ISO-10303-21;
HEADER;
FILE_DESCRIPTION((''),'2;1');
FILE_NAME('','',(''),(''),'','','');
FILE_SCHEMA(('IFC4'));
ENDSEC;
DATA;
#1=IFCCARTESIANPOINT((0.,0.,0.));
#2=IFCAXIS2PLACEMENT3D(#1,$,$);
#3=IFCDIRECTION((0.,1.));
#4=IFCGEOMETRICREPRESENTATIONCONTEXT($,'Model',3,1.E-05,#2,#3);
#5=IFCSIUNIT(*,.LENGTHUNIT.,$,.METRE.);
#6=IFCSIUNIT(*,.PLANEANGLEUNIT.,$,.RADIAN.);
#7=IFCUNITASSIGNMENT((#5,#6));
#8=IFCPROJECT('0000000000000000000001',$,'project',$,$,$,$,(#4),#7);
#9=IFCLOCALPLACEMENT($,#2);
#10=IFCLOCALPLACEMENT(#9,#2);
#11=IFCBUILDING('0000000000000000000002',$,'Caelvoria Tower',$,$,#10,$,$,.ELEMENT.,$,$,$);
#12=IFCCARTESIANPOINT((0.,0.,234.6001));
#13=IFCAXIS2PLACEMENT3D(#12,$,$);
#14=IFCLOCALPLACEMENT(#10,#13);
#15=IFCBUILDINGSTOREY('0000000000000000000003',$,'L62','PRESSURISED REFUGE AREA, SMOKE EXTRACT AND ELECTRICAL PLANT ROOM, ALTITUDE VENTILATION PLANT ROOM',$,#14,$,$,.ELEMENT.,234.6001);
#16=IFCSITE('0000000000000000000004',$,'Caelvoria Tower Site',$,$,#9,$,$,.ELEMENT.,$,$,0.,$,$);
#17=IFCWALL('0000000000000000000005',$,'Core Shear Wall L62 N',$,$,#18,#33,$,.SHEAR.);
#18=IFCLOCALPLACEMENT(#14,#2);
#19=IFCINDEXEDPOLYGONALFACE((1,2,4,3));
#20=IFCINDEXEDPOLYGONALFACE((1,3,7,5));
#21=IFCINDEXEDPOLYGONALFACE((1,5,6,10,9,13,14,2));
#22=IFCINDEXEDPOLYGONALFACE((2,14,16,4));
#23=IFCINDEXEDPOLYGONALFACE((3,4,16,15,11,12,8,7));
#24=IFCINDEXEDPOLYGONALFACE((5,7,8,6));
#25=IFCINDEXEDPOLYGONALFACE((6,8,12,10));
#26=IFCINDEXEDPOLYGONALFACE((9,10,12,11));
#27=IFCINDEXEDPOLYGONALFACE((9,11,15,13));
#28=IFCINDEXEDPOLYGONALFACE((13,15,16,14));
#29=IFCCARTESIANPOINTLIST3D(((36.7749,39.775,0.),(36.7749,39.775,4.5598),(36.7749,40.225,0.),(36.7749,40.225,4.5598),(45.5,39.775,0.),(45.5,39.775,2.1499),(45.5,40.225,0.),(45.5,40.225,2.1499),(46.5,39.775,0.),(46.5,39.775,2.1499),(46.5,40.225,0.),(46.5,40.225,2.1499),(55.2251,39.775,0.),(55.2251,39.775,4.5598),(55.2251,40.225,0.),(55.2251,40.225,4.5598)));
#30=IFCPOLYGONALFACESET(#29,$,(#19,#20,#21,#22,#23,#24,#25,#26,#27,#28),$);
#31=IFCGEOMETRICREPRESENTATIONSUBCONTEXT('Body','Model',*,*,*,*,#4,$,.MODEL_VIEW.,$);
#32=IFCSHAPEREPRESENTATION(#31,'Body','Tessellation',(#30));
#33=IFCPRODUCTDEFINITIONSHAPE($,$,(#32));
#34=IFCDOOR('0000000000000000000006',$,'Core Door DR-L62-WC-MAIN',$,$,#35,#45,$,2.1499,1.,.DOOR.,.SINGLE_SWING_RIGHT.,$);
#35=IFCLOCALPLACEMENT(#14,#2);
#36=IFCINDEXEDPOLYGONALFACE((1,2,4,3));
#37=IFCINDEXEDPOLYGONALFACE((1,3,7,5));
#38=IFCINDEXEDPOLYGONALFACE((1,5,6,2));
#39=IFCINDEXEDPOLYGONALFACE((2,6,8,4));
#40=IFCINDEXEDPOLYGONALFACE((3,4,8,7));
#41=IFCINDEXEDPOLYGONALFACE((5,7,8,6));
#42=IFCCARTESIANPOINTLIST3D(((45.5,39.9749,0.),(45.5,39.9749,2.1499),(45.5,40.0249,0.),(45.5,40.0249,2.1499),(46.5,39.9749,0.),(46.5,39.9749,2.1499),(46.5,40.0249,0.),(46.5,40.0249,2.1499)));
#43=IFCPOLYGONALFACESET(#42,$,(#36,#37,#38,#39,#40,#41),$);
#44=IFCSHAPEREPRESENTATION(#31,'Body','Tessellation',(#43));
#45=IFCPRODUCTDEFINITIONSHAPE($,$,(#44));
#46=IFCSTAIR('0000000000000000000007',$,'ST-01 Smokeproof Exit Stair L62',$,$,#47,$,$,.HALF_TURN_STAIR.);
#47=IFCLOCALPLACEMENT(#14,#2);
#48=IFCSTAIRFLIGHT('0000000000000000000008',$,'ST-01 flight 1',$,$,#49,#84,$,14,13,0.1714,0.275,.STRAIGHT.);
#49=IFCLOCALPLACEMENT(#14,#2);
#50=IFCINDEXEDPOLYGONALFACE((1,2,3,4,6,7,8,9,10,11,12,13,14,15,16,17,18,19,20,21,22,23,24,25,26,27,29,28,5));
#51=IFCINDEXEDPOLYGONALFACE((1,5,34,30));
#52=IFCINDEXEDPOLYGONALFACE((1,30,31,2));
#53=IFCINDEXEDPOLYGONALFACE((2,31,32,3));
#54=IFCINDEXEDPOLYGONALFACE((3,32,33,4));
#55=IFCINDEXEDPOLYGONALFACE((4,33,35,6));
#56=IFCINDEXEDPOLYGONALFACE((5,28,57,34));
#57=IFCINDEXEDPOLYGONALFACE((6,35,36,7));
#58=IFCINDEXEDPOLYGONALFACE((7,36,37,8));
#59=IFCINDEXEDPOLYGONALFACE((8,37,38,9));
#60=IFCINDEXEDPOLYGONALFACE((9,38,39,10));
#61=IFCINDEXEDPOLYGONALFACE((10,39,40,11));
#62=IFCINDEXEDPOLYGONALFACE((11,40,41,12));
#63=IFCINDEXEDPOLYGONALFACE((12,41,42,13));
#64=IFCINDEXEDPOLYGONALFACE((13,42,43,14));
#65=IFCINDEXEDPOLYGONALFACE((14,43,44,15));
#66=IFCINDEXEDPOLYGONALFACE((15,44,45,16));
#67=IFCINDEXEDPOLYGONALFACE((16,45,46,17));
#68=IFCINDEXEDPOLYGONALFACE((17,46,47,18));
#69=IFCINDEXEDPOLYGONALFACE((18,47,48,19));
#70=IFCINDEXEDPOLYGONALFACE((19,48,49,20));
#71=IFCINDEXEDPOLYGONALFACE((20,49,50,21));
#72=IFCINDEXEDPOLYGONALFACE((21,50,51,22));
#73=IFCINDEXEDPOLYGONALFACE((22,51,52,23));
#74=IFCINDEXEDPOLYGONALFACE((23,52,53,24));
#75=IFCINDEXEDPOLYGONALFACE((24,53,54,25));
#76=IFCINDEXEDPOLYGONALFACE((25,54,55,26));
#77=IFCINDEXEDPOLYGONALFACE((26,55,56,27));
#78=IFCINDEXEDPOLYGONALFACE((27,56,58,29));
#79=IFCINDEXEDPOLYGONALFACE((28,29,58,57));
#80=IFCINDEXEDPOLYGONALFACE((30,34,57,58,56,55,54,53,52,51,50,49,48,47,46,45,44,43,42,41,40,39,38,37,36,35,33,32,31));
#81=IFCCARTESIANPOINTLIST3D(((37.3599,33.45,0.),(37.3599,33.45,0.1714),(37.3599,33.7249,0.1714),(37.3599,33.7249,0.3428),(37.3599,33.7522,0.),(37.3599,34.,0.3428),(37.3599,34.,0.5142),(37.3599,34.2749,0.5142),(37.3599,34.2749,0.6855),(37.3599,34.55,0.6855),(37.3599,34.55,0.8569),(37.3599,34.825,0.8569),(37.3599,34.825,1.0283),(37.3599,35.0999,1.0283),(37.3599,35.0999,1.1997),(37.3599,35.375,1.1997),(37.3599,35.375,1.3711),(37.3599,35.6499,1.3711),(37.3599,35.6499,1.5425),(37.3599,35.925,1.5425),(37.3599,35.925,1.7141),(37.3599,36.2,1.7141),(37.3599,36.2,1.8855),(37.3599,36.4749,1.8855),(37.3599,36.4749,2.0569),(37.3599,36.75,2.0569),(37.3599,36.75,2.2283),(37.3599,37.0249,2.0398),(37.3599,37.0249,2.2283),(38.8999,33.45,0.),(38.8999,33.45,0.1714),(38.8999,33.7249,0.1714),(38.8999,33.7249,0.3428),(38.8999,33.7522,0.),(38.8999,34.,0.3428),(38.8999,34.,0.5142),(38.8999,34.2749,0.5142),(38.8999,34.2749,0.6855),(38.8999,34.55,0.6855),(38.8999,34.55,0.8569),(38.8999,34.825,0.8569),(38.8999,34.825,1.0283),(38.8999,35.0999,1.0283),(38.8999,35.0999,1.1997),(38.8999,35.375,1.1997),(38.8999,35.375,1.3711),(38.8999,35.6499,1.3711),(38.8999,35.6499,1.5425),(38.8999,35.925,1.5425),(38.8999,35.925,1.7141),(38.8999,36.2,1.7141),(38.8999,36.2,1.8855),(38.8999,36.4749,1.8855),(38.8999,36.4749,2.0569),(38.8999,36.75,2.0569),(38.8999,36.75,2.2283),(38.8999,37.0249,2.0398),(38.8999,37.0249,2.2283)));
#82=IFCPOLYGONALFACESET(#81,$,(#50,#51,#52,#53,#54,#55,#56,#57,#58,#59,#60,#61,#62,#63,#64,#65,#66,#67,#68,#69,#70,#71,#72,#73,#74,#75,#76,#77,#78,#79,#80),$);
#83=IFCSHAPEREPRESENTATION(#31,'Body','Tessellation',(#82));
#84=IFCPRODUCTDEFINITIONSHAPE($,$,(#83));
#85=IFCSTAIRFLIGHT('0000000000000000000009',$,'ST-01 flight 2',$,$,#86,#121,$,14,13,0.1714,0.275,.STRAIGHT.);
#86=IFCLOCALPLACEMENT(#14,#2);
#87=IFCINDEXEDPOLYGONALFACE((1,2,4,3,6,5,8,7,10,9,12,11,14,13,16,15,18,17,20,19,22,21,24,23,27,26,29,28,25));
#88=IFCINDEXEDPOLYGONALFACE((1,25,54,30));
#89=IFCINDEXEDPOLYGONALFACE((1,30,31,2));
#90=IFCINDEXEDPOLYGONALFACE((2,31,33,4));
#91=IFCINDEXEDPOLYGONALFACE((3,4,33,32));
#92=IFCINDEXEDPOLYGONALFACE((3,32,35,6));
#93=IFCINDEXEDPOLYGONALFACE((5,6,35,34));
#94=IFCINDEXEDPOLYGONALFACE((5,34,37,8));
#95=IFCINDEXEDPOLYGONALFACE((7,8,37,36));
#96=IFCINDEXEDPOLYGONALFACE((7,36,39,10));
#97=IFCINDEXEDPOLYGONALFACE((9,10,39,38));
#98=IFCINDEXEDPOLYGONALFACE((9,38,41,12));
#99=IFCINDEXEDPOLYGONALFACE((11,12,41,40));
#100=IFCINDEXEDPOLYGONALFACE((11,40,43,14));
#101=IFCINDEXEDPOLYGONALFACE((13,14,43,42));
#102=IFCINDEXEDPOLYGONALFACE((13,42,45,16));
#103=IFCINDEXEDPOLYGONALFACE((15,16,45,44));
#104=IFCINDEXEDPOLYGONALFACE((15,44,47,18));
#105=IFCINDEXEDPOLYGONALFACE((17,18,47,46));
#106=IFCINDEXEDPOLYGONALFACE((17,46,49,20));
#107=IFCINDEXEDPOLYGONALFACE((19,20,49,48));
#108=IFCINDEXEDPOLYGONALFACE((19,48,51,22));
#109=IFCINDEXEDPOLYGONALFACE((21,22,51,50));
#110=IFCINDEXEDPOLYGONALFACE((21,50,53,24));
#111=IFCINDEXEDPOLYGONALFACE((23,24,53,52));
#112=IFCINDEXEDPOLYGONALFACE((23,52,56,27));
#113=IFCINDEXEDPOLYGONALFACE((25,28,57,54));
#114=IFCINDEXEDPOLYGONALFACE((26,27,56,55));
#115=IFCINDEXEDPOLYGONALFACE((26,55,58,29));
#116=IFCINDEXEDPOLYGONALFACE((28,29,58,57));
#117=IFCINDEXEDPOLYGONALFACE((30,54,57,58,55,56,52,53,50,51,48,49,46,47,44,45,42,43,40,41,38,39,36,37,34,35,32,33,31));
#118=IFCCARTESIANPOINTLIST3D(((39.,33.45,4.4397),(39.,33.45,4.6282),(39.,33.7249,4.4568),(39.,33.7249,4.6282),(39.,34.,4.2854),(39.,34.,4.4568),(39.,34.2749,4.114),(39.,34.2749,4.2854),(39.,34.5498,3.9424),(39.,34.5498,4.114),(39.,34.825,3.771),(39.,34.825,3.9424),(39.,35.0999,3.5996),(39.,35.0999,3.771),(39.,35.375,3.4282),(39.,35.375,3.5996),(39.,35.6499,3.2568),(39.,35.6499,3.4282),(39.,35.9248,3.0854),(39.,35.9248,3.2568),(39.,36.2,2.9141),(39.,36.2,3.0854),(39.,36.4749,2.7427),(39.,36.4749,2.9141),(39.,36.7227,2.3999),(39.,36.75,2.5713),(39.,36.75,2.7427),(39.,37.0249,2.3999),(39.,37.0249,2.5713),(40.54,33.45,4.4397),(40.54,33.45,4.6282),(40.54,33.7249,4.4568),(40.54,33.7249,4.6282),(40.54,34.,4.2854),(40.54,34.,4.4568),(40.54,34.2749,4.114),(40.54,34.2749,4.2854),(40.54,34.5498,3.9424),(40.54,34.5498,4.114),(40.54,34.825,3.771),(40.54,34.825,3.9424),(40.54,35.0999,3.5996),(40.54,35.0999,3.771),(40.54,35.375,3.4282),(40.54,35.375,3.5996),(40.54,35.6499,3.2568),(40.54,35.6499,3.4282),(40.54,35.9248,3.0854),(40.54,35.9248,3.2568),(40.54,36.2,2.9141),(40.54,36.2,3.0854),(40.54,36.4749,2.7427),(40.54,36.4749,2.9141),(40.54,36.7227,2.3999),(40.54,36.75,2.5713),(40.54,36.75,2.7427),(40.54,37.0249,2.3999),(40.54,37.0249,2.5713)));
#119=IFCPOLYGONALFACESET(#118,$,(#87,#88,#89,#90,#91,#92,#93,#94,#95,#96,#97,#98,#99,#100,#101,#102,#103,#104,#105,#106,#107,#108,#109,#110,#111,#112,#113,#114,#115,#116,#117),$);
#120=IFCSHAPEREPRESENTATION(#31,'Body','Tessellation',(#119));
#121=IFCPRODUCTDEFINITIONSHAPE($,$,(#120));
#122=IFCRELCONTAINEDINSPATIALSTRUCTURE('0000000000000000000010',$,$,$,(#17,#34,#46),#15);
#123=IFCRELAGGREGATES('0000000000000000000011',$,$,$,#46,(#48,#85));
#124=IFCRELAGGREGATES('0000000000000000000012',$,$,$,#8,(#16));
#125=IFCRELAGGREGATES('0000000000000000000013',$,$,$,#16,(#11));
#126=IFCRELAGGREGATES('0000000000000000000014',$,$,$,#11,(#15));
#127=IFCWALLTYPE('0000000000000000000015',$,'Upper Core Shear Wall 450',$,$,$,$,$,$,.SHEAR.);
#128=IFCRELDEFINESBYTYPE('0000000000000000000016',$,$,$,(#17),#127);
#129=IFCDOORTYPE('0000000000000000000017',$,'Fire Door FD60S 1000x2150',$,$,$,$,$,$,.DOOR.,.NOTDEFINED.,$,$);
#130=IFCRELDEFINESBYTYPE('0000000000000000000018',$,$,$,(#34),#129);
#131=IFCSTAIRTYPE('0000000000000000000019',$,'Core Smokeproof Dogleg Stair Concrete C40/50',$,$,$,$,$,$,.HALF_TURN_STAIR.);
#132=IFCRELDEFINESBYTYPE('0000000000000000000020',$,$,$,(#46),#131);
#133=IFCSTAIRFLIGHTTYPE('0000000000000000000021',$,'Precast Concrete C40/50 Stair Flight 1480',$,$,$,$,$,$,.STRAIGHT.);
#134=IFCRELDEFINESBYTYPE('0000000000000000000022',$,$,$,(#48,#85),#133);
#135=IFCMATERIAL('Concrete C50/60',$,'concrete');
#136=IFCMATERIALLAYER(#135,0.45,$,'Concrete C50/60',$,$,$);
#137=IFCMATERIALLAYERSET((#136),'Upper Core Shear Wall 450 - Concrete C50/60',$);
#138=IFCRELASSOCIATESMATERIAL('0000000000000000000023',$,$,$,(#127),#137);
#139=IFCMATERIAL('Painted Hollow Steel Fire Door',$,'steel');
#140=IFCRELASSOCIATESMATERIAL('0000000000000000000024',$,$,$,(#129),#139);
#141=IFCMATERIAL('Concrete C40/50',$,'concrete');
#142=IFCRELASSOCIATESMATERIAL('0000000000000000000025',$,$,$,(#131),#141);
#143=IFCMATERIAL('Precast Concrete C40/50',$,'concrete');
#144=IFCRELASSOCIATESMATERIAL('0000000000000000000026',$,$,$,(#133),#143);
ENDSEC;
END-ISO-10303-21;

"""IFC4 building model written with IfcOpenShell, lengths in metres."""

from ifc_helpers import new_model, si_unit, direction, frame, frame_2d, origin, place, context, subcontext, project, spatial, polyline, rectangle, outline, extrude, material, layer, layer_set, type_object, element, fill, aggregate, save


model = new_model("IFC4")

# Units and contexts
model_context = context("Model", 3, precision=1e-05, world=origin(), true_north=direction((0.0, 1.0)))
body_context = subcontext(model_context, "Body", "Model", "MODEL_VIEW")
ifc_project = project(units=[si_unit("LENGTHUNIT", "METRE"), si_unit("PLANEANGLEUNIT", "RADIAN")], contexts=[model_context])

# Site, building, storey
site_placement = place(None, origin())
site = spatial("IfcSite", under=ifc_project, at=site_placement, Name="Caelvoria Tower Site", CompositionType="ELEMENT", RefElevation=0.0)
building_placement = place(site_placement, origin())
building = spatial("IfcBuilding", under=site, at=building_placement, Name="Caelvoria Tower", CompositionType="ELEMENT")
storey_placement = place(building_placement, frame((0.0, 0.0, 234.6001)))
storey = spatial("IfcBuildingStorey", under=building, at=storey_placement, Name="L62", Description="PRESSURISED REFUGE AREA, SMOKE EXTRACT AND ELECTRICAL PLANT ROOM, ALTITUDE VENTILATION PLANT ROOM", CompositionType="ELEMENT", Elevation=234.6001)

# Shared definitions
ifc_material_1 = material(Name="Concrete C50/60", Category="concrete")

# Wall, opening, door
ifc_layer_1 = layer(ifc_material_1, 0.45, Name="Concrete C50/60")
ifc_layer_set_1 = layer_set([ifc_layer_1], Name="Upper Core Shear Wall 450 - Concrete C50/60")
wall_type_1 = type_object("IfcWallType", Name="Upper Core Shear Wall 450", PredefinedType="SHEAR", material=ifc_layer_set_1)
wall_1_placement = place(storey_placement, frame((36.7749, 40.0, 0.0), z_axis=(0.0, 0.0, 1.0), x_axis=(1.0, 0.0, 0.0)))
wall_1 = element("IfcWall", 1, at=wall_1_placement, inside=storey, type_object=wall_type_1, Name="Core Shear Wall L62 N", PredefinedType="SHEAR", context=body_context, shape_type="SweptSolid", body=[
    extrude(rectangle(XDim=18.4502, YDim=0.45, at=frame_2d((9.2251, 0.0))), origin(), (0.0, 0.0, 1.0), 4.5598),
])
opening_1_placement = place(wall_1_placement, frame((8.7251, 0.0, 0.0)))
opening_1 = element("IfcOpeningElement", 2, at=opening_1_placement, cuts=wall_1, PredefinedType="OPENING", context=body_context, shape_type="SweptSolid", body=[
    extrude(rectangle(XDim=1.0, YDim=2.1499, at=frame_2d((0.5, 1.075))), frame((0.0, 0.2349, 0.0), z_axis=(0.0, -1.0, 0.0), x_axis=(1.0, 0.0, 0.0)), (0.0, 0.0, 1.0), 0.47),
])
ifc_material_2 = material(Name="Painted Hollow Steel Fire Door", Category="steel")
door_type_1 = type_object("IfcDoorType", Name="Fire Door FD60S 1000x2150", OperationType="NOTDEFINED", PredefinedType="DOOR", material=ifc_material_2)
door_1_placement = place(opening_1_placement, origin())
door_1 = element("IfcDoor", 3, at=door_1_placement, inside=storey, type_object=door_type_1, Name="Core Door DR-L62-WC-MAIN", OperationType="SINGLE_SWING_RIGHT", OverallHeight=2.1499, OverallWidth=1.0, PredefinedType="DOOR", context=body_context, shape_type="SweptSolid", body=[
    extrude(rectangle(XDim=1.0, YDim=2.1499, at=frame_2d((0.5, 1.075))), frame((0.0, 0.0249, 0.0), z_axis=(0.0, -1.0, 0.0), x_axis=(1.0, 0.0, 0.0)), (0.0, 0.0, 1.0), 0.05),
])
fill(opening_1, door_1)

# Stair, stair flights
ifc_material_3 = material(Name="Concrete C40/50", Category="concrete")
stair_type = type_object("IfcStairType", Name="Core Smokeproof Dogleg Stair Concrete C40/50", PredefinedType="HALF_TURN_STAIR", material=ifc_material_3)
stair_placement = place(storey_placement, origin())
stair = element("IfcStair", 4, at=stair_placement, inside=storey, type_object=stair_type, Name="ST-01 Smokeproof Exit Stair L62", PredefinedType="HALF_TURN_STAIR")
ifc_material_4 = material(Name="Precast Concrete C40/50", Category="concrete")
stair_flight_type = type_object("IfcStairFlightType", Name="Precast Concrete C40/50 Stair Flight 1480", PredefinedType="STRAIGHT", material=ifc_material_4)
stair_flight_1_placement = place(storey_placement, frame((38.1299, 33.45, 0.0), z_axis=(0.0, 0.0, 1.0), x_axis=(0.0, 1.0, 0.0)))
stair_flight_1 = element("IfcStairFlight", 5, at=stair_flight_1_placement, type_object=stair_flight_type, Name="ST-01 flight 1", NumberOfRisers=14, NumberOfTreads=13, PredefinedType="STRAIGHT", RiserHeight=0.1714, TreadLength=0.275, context=body_context, shape_type="SweptSolid", body=[
    extrude(outline(polyline([(0.0, 0.0), (0.0, 0.1714), (0.2749, 0.1714), (0.2749, 0.3428), (0.55, 0.3428), (0.55, 0.5142), (0.825, 0.5142), (0.825, 0.6855), (1.1001, 0.6855), (1.1001, 0.8569), (1.375, 0.8569), (1.375, 1.0283), (1.6499, 1.0283), (1.6499, 1.1997), (1.925, 1.1997), (1.925, 1.3711), (2.2, 1.3711), (2.2, 1.5425), (2.4751, 1.5425), (2.4751, 1.7141), (2.75, 1.7141), (2.75, 1.8855), (3.0249, 1.8855), (3.0249, 2.0569), (3.3, 2.0569), (3.3, 2.2283), (3.575, 2.2283), (3.575, 2.3997), (3.575, 2.0398), (0.3022, 0.0), (0.0, 0.0)])), frame((0.0, 0.77, 0.0), z_axis=(0.0, -1.0, 0.0), x_axis=(1.0, 0.0, 0.0)), (0.0, 0.0, 1.0), 1.54),
])
stair_flight_2_placement = place(storey_placement, frame((39.77, 37.0249, 2.3999), z_axis=(0.0, 0.0, 1.0), x_axis=(0.0, -1.0, 0.0)))
stair_flight_2 = element("IfcStairFlight", 6, at=stair_flight_2_placement, type_object=stair_flight_type, Name="ST-01 flight 2", NumberOfRisers=14, NumberOfTreads=13, PredefinedType="STRAIGHT", RiserHeight=0.1714, TreadLength=0.275, context=body_context, shape_type="SweptSolid", body=[
    extrude(outline(polyline([(0.0, 0.0), (0.0, 0.1714), (0.2749, 0.1714), (0.2749, 0.3428), (0.55, 0.3428), (0.55, 0.5142), (0.825, 0.5142), (0.825, 0.6855), (1.1001, 0.6855), (1.1001, 0.8569), (1.375, 0.8569), (1.375, 1.0283), (1.6499, 1.0283), (1.6499, 1.1997), (1.925, 1.1997), (1.925, 1.3711), (2.2, 1.3711), (2.2, 1.5425), (2.4751, 1.5425), (2.4751, 1.7141), (2.75, 1.7141), (2.75, 1.8855), (3.0249, 1.8855), (3.0249, 2.0569), (3.3, 2.0569), (3.3, 2.2283), (3.575, 2.2283), (3.575, 2.3997), (3.575, 2.0398), (0.3022, 0.0), (0.0, 0.0)])), frame((0.0, 0.77, 0.0), z_axis=(0.0, -1.0, 0.0), x_axis=(1.0, 0.0, 0.0)), (0.0, 0.0, 1.0), 1.54),
])
aggregate(stair, [stair_flight_1, stair_flight_2])

save(model, "model.ifc")
